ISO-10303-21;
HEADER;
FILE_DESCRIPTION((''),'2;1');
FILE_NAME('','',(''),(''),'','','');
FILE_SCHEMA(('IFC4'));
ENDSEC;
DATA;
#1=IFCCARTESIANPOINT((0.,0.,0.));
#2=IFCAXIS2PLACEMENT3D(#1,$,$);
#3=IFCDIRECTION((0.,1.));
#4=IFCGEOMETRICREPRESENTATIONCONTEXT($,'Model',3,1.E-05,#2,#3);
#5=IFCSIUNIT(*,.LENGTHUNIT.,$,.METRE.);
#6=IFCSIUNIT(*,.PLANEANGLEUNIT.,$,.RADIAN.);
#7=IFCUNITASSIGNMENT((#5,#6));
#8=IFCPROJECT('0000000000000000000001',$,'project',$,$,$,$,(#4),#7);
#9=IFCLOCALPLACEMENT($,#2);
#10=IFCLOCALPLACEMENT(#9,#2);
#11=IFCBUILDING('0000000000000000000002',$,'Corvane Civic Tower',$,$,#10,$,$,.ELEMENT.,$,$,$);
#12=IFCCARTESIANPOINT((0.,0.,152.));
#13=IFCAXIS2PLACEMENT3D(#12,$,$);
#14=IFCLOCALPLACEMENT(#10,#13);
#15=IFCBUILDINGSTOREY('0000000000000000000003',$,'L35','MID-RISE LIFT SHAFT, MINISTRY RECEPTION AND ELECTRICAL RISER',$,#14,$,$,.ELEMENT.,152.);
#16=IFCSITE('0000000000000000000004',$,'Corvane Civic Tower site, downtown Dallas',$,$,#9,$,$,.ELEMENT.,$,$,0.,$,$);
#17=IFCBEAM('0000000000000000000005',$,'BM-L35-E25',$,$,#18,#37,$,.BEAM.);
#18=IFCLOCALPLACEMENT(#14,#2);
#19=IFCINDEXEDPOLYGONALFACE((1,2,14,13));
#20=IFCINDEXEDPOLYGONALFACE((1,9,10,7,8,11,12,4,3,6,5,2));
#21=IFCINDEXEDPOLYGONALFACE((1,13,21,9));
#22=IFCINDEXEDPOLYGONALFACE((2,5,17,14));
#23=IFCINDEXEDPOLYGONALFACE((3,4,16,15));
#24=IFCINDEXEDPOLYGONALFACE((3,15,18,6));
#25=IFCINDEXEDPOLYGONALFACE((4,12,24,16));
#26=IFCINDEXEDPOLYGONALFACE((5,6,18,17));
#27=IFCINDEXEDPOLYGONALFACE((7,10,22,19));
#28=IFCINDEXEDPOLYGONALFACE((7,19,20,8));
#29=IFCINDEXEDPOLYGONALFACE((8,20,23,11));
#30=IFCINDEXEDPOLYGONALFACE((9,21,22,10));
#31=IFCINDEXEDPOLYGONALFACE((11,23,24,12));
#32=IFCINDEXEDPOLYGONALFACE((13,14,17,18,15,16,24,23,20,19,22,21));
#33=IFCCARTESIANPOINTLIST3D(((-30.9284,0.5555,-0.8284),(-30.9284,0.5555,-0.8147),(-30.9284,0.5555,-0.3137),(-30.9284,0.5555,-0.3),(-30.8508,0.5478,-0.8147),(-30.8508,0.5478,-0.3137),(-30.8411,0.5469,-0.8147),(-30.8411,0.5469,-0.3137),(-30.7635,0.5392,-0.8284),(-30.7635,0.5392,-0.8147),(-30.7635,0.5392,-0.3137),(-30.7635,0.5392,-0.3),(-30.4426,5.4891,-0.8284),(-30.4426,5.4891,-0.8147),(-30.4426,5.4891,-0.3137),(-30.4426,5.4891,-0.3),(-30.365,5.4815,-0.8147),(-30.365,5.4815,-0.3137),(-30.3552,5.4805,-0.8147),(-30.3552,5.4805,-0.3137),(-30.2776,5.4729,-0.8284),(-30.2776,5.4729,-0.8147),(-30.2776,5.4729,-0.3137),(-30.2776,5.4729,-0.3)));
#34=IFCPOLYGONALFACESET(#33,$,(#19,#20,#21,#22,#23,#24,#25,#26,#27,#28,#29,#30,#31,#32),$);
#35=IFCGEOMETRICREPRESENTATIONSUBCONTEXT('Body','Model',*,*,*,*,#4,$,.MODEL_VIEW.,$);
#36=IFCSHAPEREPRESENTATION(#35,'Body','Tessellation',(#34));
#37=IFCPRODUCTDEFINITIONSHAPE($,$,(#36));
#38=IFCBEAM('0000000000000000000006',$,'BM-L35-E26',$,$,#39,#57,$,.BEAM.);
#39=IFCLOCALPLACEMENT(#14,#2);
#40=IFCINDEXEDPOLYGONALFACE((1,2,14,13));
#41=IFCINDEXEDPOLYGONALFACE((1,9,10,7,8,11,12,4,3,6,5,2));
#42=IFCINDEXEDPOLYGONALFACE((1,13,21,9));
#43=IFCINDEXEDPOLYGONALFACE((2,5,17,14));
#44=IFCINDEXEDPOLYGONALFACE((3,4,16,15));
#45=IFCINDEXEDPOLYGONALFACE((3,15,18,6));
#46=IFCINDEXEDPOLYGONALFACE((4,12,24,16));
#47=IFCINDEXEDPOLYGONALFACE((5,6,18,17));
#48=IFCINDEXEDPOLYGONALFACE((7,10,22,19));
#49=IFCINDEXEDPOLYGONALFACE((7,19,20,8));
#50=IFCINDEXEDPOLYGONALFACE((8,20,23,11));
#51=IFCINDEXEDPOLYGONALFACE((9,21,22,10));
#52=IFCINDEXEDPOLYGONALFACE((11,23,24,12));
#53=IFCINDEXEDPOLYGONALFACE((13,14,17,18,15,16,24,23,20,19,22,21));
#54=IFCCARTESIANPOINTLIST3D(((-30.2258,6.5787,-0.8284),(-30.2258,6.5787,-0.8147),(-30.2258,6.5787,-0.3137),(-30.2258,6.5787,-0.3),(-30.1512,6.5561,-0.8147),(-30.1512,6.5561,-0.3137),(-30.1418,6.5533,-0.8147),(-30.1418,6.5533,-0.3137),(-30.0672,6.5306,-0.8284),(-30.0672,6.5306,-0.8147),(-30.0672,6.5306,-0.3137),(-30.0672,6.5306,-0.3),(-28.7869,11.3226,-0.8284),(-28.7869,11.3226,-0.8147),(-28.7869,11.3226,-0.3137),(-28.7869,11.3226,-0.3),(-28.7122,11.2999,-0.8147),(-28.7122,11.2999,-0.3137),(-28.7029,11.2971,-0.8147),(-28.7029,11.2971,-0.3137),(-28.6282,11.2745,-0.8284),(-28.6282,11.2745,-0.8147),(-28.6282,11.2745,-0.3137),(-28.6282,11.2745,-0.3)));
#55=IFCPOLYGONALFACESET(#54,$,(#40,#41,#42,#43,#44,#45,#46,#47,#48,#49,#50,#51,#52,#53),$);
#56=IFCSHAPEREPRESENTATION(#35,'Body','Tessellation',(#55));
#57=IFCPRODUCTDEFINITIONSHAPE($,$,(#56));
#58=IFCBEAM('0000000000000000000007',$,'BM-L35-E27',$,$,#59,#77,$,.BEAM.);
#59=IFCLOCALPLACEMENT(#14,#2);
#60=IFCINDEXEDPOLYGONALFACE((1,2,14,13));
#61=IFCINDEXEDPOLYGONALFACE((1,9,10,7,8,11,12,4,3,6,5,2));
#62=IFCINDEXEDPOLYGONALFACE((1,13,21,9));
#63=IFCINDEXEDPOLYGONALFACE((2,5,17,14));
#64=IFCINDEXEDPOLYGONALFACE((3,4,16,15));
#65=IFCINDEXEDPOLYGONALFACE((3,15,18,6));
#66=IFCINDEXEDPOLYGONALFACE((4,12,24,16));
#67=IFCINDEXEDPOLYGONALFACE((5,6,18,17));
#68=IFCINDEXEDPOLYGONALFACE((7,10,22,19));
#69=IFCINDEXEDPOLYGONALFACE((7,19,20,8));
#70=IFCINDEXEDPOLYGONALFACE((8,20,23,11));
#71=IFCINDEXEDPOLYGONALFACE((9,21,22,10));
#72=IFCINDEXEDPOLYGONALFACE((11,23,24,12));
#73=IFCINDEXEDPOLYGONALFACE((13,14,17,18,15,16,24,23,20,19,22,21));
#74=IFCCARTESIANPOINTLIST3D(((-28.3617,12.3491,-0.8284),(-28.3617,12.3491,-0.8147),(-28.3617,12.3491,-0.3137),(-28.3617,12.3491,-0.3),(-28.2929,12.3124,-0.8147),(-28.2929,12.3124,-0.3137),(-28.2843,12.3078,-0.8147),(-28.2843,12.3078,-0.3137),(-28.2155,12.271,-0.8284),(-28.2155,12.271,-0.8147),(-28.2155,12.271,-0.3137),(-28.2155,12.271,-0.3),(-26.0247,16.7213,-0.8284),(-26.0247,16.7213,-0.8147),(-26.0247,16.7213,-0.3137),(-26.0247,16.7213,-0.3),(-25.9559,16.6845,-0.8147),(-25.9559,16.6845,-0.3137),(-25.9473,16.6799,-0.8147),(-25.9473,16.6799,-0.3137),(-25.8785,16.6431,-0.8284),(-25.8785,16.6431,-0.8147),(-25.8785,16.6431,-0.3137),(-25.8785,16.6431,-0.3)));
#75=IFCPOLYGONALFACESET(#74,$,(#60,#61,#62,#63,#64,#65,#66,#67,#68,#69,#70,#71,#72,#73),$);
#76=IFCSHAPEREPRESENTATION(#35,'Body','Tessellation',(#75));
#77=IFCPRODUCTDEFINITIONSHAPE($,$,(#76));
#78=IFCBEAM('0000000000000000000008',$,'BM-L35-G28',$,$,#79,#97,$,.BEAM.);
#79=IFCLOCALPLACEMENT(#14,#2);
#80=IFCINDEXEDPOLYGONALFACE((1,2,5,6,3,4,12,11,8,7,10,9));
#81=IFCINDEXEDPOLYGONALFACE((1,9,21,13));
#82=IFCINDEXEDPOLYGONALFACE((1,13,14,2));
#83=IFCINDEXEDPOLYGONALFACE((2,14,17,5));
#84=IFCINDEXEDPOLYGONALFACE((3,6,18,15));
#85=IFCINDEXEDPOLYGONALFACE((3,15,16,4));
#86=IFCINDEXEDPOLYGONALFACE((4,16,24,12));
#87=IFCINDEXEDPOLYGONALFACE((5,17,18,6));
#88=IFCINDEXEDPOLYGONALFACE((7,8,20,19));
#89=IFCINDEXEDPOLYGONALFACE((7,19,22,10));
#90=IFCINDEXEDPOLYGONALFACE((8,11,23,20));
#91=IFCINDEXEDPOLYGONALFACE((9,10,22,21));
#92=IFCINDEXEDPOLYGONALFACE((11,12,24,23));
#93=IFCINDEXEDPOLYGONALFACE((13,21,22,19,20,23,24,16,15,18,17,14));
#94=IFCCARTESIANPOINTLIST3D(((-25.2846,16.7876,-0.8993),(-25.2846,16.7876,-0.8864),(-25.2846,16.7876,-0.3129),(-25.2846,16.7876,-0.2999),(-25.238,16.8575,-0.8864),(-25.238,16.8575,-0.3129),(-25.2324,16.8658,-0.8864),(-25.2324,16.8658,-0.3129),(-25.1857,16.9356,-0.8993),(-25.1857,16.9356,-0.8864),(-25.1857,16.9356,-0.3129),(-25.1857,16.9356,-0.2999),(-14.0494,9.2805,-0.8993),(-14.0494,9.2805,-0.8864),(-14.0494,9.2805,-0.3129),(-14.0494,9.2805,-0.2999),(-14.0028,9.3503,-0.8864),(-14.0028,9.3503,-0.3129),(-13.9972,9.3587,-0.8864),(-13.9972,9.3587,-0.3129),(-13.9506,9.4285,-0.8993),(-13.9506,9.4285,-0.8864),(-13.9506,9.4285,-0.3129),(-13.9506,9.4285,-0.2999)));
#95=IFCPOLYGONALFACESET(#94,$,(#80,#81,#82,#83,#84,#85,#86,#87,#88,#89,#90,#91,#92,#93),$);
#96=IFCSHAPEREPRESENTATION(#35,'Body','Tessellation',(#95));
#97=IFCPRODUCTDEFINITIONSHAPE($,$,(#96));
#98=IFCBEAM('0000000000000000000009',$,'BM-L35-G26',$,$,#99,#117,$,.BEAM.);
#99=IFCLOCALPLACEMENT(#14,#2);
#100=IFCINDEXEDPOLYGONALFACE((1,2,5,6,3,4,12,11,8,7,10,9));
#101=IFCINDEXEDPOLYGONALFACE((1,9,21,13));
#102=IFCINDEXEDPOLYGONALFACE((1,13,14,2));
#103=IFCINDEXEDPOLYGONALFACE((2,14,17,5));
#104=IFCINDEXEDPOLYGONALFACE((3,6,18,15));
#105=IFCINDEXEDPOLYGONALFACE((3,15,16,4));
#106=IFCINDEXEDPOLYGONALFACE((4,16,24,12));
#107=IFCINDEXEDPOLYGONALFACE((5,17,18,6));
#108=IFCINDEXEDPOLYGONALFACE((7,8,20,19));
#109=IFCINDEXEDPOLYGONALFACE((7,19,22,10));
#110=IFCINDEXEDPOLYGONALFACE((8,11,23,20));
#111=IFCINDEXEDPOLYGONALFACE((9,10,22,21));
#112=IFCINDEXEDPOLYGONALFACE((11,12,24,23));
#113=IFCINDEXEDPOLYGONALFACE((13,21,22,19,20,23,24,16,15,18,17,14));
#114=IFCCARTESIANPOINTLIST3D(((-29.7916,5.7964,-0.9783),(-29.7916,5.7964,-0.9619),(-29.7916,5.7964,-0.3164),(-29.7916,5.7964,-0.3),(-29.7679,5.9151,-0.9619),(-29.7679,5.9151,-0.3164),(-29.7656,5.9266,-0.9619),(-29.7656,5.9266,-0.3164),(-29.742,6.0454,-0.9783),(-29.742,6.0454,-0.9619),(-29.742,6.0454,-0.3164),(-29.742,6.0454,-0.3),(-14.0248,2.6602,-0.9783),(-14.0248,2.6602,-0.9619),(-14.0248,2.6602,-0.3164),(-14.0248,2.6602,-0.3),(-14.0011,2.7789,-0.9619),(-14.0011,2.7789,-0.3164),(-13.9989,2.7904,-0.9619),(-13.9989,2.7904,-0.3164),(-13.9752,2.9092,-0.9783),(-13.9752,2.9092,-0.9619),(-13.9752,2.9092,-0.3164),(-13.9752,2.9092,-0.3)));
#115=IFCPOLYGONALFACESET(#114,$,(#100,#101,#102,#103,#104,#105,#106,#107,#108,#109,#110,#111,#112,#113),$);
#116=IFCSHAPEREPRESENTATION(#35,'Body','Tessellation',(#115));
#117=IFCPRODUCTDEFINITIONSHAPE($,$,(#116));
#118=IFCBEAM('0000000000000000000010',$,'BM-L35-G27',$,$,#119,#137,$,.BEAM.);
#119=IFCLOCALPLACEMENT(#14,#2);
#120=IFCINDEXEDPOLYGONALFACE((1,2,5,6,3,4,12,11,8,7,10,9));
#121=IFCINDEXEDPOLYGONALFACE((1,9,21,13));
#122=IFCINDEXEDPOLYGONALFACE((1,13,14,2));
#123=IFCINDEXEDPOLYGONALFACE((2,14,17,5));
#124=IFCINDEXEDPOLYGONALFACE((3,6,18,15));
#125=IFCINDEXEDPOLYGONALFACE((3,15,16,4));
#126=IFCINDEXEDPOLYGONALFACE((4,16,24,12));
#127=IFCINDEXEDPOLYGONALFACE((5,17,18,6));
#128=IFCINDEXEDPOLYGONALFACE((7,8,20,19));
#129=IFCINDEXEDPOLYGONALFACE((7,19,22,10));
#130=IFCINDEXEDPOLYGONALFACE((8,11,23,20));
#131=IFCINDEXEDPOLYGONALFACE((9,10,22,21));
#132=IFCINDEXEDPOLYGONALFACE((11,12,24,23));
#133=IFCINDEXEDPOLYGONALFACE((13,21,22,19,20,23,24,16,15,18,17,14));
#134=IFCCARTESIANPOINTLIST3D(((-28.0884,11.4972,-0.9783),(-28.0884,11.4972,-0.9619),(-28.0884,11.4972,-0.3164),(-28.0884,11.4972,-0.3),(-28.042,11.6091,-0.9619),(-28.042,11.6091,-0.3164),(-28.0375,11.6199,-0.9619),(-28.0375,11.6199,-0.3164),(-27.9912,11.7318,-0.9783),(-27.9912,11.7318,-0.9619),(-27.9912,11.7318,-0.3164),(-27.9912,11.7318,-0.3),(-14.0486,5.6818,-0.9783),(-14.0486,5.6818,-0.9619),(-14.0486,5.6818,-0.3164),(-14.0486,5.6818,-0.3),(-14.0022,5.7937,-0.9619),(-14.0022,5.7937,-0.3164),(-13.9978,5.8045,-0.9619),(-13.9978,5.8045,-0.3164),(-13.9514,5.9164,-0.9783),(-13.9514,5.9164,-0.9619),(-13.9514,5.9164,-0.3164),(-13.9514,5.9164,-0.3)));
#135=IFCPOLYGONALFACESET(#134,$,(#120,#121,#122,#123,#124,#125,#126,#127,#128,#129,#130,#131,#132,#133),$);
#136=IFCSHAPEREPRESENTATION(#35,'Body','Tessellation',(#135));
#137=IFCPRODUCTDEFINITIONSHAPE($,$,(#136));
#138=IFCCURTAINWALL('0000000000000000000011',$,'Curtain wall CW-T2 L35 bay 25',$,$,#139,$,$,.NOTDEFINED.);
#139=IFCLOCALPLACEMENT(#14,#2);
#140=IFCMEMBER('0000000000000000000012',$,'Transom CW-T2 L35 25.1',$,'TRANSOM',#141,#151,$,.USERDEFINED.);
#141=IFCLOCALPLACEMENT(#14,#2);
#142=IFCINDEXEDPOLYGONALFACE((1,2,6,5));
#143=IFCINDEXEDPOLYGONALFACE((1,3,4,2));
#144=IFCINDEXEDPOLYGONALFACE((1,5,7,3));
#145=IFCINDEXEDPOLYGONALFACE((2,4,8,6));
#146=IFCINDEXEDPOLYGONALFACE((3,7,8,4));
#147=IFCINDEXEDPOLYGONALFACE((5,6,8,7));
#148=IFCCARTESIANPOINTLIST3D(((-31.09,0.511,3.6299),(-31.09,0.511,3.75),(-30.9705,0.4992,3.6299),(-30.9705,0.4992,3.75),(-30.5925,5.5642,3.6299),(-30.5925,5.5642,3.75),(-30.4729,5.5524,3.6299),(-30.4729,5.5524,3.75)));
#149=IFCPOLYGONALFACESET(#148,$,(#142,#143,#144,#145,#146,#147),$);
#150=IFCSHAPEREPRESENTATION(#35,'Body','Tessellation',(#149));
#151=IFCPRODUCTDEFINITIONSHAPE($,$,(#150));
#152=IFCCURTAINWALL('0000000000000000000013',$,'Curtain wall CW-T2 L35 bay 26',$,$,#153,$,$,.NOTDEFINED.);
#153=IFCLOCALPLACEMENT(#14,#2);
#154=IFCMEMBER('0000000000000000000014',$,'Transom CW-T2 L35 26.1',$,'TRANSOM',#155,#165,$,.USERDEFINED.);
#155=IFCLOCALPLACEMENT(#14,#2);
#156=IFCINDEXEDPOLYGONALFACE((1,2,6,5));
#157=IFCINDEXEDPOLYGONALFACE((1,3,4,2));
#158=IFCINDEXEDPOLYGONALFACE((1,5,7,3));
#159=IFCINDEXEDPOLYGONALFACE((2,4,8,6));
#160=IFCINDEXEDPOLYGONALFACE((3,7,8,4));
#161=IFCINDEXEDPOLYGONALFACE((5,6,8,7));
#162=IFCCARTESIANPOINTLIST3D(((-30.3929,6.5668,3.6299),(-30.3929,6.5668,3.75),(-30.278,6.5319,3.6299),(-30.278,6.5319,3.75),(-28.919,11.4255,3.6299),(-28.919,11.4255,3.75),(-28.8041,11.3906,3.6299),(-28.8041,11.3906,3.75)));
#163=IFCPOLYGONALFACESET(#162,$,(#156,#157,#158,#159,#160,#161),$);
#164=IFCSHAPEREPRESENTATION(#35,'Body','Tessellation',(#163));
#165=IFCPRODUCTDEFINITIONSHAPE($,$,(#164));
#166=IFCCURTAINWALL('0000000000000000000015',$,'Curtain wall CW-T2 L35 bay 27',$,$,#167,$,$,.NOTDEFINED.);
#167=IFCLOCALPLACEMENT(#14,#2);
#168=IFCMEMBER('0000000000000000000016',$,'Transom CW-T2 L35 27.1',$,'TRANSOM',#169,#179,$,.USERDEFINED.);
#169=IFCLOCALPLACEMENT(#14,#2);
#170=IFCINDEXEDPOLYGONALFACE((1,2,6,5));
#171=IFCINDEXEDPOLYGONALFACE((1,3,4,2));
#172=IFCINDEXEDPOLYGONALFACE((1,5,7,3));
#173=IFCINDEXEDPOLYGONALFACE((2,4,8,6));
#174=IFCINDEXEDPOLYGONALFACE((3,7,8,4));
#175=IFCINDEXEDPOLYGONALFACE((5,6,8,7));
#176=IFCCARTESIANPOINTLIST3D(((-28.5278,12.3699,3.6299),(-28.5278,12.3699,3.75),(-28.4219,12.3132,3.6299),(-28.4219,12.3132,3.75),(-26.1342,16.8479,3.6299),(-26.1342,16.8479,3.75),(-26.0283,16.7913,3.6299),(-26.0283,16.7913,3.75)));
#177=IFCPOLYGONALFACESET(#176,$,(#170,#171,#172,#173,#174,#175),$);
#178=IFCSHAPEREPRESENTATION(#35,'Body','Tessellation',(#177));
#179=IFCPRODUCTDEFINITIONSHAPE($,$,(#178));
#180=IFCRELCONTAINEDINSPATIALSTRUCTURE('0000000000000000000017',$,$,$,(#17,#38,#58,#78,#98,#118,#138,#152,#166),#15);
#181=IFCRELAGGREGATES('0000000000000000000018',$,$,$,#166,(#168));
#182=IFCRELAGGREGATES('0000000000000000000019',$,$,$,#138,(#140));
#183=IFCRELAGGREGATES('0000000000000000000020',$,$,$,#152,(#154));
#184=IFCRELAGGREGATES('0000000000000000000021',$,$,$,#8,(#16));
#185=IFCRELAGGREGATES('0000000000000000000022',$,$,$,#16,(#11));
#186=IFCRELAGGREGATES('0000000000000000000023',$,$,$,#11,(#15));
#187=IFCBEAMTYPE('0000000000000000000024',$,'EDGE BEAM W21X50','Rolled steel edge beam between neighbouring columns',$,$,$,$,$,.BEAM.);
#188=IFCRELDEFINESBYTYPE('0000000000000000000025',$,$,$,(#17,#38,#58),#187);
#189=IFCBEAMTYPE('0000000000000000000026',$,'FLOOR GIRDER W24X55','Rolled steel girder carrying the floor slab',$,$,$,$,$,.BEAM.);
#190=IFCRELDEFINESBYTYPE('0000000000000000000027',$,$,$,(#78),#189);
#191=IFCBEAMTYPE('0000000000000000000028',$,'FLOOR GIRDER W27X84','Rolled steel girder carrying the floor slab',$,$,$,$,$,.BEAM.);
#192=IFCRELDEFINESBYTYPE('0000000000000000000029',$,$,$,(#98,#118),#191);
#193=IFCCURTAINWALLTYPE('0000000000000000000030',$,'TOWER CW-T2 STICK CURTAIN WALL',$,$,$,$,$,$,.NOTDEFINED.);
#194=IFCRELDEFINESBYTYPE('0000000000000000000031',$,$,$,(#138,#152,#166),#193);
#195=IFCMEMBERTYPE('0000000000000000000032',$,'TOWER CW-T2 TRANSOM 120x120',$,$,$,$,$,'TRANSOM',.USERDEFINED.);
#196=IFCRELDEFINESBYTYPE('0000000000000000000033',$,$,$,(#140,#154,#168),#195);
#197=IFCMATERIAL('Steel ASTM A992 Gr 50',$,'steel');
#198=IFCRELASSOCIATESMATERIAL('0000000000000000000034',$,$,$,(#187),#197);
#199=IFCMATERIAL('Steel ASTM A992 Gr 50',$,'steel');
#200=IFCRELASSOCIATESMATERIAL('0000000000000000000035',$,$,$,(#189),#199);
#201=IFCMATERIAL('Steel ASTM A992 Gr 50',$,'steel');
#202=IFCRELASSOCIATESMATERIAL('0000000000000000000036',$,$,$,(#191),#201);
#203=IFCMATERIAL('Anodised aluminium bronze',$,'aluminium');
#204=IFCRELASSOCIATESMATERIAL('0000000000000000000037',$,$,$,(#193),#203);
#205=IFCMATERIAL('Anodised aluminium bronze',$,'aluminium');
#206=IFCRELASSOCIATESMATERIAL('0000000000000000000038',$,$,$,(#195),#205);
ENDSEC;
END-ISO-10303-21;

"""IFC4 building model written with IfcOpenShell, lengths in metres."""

from ifc_helpers import new_model, si_unit, direction, frame, origin, origin_2d, place, context, subcontext, project, spatial, rectangle, i_section, extrude, material, material_profile, profile_set, type_object, element, aggregate, save


model = new_model("IFC4")

# Units and contexts
model_context = context("Model", 3, precision=1e-05, world=origin(), true_north=direction((0.0, 1.0)))
body_context = subcontext(model_context, "Body", "Model", "MODEL_VIEW")
ifc_project = project(units=[si_unit("LENGTHUNIT", "METRE"), si_unit("PLANEANGLEUNIT", "RADIAN")], contexts=[model_context])

# Site, building, storey
site_placement = place(None, origin())
site = spatial("IfcSite", under=ifc_project, at=site_placement, Name="Corvane Civic Tower site, downtown Dallas", CompositionType="ELEMENT", RefElevation=0.0)
building_placement = place(site_placement, origin())
building = spatial("IfcBuilding", under=site, at=building_placement, Name="Corvane Civic Tower", CompositionType="ELEMENT")
storey_placement = place(building_placement, frame((0.0, 0.0, 152.0)))
storey = spatial("IfcBuildingStorey", under=building, at=storey_placement, Name="L35", Description="MID-RISE LIFT SHAFT, MINISTRY RECEPTION AND ELECTRICAL RISER", CompositionType="ELEMENT", Elevation=152.0)

# Beams
ifc_material_1 = material(Name="Steel ASTM A992 Gr 50", Category="steel")
ifc_material_profile_1 = material_profile(ifc_material_1, i_section(OverallWidth=0.1658, OverallDepth=0.5283, WebThickness=0.0098, FlangeThickness=0.0137, at=origin_2d()), Name="W21X50")
ifc_profile_set_1 = profile_set([ifc_material_profile_1], Name="Steel ASTM A992 Gr 50")
beam_type_1 = type_object("IfcBeamType", Name="EDGE BEAM W21X50", Description="Rolled steel edge beam between neighbouring columns", PredefinedType="BEAM", material=ifc_profile_set_1)
beam_1_placement = place(storey_placement, frame((-30.8459, 0.5474, -0.5642), z_axis=(0.098002, 0.995186, 0.0), x_axis=(-0.995186, 0.098002, 0.0)))
element("IfcBeam", 1, at=beam_1_placement, inside=storey, type_object=beam_type_1, Name="BM-L35-E25", PredefinedType="BEAM", context=body_context, shape_type="SweptSolid", body=[
    extrude(i_section(OverallWidth=0.1658, OverallDepth=0.5283, WebThickness=0.0098, FlangeThickness=0.0137, at=origin_2d()), origin(), (0.0, 0.0, 1.0), 4.9575),
])
beam_2_placement = place(storey_placement, frame((-30.1465, 6.5547, -0.5642), z_axis=(0.29027, 0.956945, 0.0), x_axis=(-0.956945, 0.29027, 0.0)))
element("IfcBeam", 2, at=beam_2_placement, inside=storey, type_object=beam_type_1, Name="BM-L35-E26", PredefinedType="BEAM", context=body_context, shape_type="SweptSolid", body=[
    extrude(i_section(OverallWidth=0.1658, OverallDepth=0.5283, WebThickness=0.0098, FlangeThickness=0.0137, at=origin_2d()), origin(), (0.0, 0.0, 1.0), 4.9573),
])
beam_3_placement = place(storey_placement, frame((-28.2886, 12.3101, -0.5642), z_axis=(0.471396, 0.881922, 0.0), x_axis=(-0.881922, 0.471396, 0.0)))
element("IfcBeam", 3, at=beam_3_placement, inside=storey, type_object=beam_type_1, Name="BM-L35-E27", PredefinedType="BEAM", context=body_context, shape_type="SweptSolid", body=[
    extrude(i_section(OverallWidth=0.1658, OverallDepth=0.5283, WebThickness=0.0098, FlangeThickness=0.0137, at=origin_2d()), origin(), (0.0, 0.0, 1.0), 4.9575),
])
ifc_material_2 = material(Name="Steel ASTM A992 Gr 50", Category="steel")
ifc_material_profile_2 = material_profile(ifc_material_2, i_section(OverallWidth=0.178, OverallDepth=0.5994, WebThickness=0.01, FlangeThickness=0.0129, at=origin_2d()), Name="W24X55")
ifc_profile_set_2 = profile_set([ifc_material_profile_2], Name="Steel ASTM A992 Gr 50")
beam_type_2 = type_object("IfcBeamType", Name="FLOOR GIRDER W24X55", Description="Rolled steel girder carrying the floor slab", PredefinedType="BEAM", material=ifc_profile_set_2)
beam_4_placement = place(storey_placement, frame((-14.0, 9.3545, -0.5996), z_axis=(-0.831469, 0.555571, 0.0), x_axis=(-0.555571, -0.831469, 0.0)))
element("IfcBeam", 4, at=beam_4_placement, inside=storey, type_object=beam_type_2, Name="BM-L35-G28", PredefinedType="BEAM", context=body_context, shape_type="SweptSolid", body=[
    extrude(i_section(OverallWidth=0.178, OverallDepth=0.5994, WebThickness=0.01, FlangeThickness=0.0129, at=origin_2d()), origin(), (0.0, 0.0, 1.0), 13.5125),
])
ifc_material_3 = material(Name="Steel ASTM A992 Gr 50", Category="steel")
ifc_material_profile_3 = material_profile(ifc_material_3, i_section(OverallWidth=0.2539, OverallDepth=0.6782, WebThickness=0.0117, FlangeThickness=0.0164, at=origin_2d()), Name="W27X84")
ifc_profile_set_3 = profile_set([ifc_material_profile_3], Name="Steel ASTM A992 Gr 50")
beam_type_3 = type_object("IfcBeamType", Name="FLOOR GIRDER W27X84", Description="Rolled steel girder carrying the floor slab", PredefinedType="BEAM", material=ifc_profile_set_3)
beam_5_placement = place(storey_placement, frame((-14.0, 2.7847, -0.6392), z_axis=(-0.980785, 0.195091, 0.0), x_axis=(-0.195091, -0.980785, 0.0)))
element("IfcBeam", 5, at=beam_5_placement, inside=storey, type_object=beam_type_3, Name="BM-L35-G26", PredefinedType="BEAM", context=body_context, shape_type="SweptSolid", body=[
    extrude(i_section(OverallWidth=0.2539, OverallDepth=0.6782, WebThickness=0.0117, FlangeThickness=0.0164, at=origin_2d()), origin(), (0.0, 0.0, 1.0), 16.0757),
])
beam_6_placement = place(storey_placement, frame((-14.0, 5.7991, -0.6392), z_axis=(-0.923881, 0.382681, 0.0), x_axis=(-0.382681, -0.923881, 0.0)))
element("IfcBeam", 6, at=beam_6_placement, inside=storey, type_object=beam_type_3, Name="BM-L35-G27", PredefinedType="BEAM", context=body_context, shape_type="SweptSolid", body=[
    extrude(i_section(OverallWidth=0.2539, OverallDepth=0.6782, WebThickness=0.0117, FlangeThickness=0.0164, at=origin_2d()), origin(), (0.0, 0.0, 1.0), 15.1965),
])

# Curtain walls, members
ifc_material_4 = material(Name="Anodised aluminium bronze", Category="aluminium")
curtain_wall_type = type_object("IfcCurtainWallType", Name="TOWER CW-T2 STICK CURTAIN WALL", PredefinedType="NOTDEFINED", material=ifc_material_4)
curtain_wall_1_placement = place(storey_placement, origin())
curtain_wall_1 = element("IfcCurtainWall", 7, at=curtain_wall_1_placement, inside=storey, type_object=curtain_wall_type, Name="Curtain wall CW-T2 L35 bay 25", PredefinedType="NOTDEFINED")
ifc_material_5 = material(Name="Anodised aluminium bronze", Category="aluminium")
ifc_material_profile_4 = material_profile(ifc_material_5, rectangle(XDim=0.1201, YDim=0.1201, at=origin_2d()), Name="TOWER CW-T2 TRANSOM 120x120")
ifc_profile_set_4 = profile_set([ifc_material_profile_4], Name="Anodised aluminium bronze")
member_type = type_object("IfcMemberType", Name="TOWER CW-T2 TRANSOM 120x120", ElementType="TRANSOM", PredefinedType="USERDEFINED", material=ifc_profile_set_4)
member_1_placement = place(storey_placement, frame((-31.0303, 0.5051, 3.6899), z_axis=(0.09799, 0.995187, 0.0), x_axis=(-0.995187, 0.09799, 0.0)))
member_1 = element("IfcMember", 8, at=member_1_placement, type_object=member_type, Name="Transom CW-T2 L35 25.1", ObjectType="TRANSOM", PredefinedType="USERDEFINED", context=body_context, shape_type="SweptSolid", body=[
    extrude(rectangle(XDim=0.1201, YDim=0.1201, at=origin_2d()), origin(), (0.0, 0.0, 1.0), 5.0776),
])
curtain_wall_2_placement = place(storey_placement, origin())
curtain_wall_2 = element("IfcCurtainWall", 9, at=curtain_wall_2_placement, inside=storey, type_object=curtain_wall_type, Name="Curtain wall CW-T2 L35 bay 26", PredefinedType="NOTDEFINED")
member_2_placement = place(storey_placement, frame((-30.3354, 6.5493, 3.6899), z_axis=(0.290289, 0.956939, 0.0), x_axis=(-0.956939, 0.290289, 0.0)))
member_2 = element("IfcMember", 10, at=member_2_placement, type_object=member_type, Name="Transom CW-T2 L35 26.1", ObjectType="TRANSOM", PredefinedType="USERDEFINED", context=body_context, shape_type="SweptSolid", body=[
    extrude(rectangle(XDim=0.1201, YDim=0.1201, at=origin_2d()), origin(), (0.0, 0.0, 1.0), 5.0774),
])
curtain_wall_3_placement = place(storey_placement, origin())
curtain_wall_3 = element("IfcCurtainWall", 11, at=curtain_wall_3_placement, inside=storey, type_object=curtain_wall_type, Name="Curtain wall CW-T2 L35 bay 27", PredefinedType="NOTDEFINED")
member_3_placement = place(storey_placement, frame((-28.4749, 12.3416, 3.6899), z_axis=(0.471397, 0.881921, 0.0), x_axis=(-0.881921, 0.471397, 0.0)))
member_3 = element("IfcMember", 12, at=member_3_placement, type_object=member_type, Name="Transom CW-T2 L35 27.1", ObjectType="TRANSOM", PredefinedType="USERDEFINED", context=body_context, shape_type="SweptSolid", body=[
    extrude(rectangle(XDim=0.1201, YDim=0.1201, at=origin_2d()), origin(), (0.0, 0.0, 1.0), 5.0776),
])
aggregate(curtain_wall_3, [member_3])

aggregate(curtain_wall_1, [member_1])
aggregate(curtain_wall_2, [member_2])

save(model, "model.ifc")
